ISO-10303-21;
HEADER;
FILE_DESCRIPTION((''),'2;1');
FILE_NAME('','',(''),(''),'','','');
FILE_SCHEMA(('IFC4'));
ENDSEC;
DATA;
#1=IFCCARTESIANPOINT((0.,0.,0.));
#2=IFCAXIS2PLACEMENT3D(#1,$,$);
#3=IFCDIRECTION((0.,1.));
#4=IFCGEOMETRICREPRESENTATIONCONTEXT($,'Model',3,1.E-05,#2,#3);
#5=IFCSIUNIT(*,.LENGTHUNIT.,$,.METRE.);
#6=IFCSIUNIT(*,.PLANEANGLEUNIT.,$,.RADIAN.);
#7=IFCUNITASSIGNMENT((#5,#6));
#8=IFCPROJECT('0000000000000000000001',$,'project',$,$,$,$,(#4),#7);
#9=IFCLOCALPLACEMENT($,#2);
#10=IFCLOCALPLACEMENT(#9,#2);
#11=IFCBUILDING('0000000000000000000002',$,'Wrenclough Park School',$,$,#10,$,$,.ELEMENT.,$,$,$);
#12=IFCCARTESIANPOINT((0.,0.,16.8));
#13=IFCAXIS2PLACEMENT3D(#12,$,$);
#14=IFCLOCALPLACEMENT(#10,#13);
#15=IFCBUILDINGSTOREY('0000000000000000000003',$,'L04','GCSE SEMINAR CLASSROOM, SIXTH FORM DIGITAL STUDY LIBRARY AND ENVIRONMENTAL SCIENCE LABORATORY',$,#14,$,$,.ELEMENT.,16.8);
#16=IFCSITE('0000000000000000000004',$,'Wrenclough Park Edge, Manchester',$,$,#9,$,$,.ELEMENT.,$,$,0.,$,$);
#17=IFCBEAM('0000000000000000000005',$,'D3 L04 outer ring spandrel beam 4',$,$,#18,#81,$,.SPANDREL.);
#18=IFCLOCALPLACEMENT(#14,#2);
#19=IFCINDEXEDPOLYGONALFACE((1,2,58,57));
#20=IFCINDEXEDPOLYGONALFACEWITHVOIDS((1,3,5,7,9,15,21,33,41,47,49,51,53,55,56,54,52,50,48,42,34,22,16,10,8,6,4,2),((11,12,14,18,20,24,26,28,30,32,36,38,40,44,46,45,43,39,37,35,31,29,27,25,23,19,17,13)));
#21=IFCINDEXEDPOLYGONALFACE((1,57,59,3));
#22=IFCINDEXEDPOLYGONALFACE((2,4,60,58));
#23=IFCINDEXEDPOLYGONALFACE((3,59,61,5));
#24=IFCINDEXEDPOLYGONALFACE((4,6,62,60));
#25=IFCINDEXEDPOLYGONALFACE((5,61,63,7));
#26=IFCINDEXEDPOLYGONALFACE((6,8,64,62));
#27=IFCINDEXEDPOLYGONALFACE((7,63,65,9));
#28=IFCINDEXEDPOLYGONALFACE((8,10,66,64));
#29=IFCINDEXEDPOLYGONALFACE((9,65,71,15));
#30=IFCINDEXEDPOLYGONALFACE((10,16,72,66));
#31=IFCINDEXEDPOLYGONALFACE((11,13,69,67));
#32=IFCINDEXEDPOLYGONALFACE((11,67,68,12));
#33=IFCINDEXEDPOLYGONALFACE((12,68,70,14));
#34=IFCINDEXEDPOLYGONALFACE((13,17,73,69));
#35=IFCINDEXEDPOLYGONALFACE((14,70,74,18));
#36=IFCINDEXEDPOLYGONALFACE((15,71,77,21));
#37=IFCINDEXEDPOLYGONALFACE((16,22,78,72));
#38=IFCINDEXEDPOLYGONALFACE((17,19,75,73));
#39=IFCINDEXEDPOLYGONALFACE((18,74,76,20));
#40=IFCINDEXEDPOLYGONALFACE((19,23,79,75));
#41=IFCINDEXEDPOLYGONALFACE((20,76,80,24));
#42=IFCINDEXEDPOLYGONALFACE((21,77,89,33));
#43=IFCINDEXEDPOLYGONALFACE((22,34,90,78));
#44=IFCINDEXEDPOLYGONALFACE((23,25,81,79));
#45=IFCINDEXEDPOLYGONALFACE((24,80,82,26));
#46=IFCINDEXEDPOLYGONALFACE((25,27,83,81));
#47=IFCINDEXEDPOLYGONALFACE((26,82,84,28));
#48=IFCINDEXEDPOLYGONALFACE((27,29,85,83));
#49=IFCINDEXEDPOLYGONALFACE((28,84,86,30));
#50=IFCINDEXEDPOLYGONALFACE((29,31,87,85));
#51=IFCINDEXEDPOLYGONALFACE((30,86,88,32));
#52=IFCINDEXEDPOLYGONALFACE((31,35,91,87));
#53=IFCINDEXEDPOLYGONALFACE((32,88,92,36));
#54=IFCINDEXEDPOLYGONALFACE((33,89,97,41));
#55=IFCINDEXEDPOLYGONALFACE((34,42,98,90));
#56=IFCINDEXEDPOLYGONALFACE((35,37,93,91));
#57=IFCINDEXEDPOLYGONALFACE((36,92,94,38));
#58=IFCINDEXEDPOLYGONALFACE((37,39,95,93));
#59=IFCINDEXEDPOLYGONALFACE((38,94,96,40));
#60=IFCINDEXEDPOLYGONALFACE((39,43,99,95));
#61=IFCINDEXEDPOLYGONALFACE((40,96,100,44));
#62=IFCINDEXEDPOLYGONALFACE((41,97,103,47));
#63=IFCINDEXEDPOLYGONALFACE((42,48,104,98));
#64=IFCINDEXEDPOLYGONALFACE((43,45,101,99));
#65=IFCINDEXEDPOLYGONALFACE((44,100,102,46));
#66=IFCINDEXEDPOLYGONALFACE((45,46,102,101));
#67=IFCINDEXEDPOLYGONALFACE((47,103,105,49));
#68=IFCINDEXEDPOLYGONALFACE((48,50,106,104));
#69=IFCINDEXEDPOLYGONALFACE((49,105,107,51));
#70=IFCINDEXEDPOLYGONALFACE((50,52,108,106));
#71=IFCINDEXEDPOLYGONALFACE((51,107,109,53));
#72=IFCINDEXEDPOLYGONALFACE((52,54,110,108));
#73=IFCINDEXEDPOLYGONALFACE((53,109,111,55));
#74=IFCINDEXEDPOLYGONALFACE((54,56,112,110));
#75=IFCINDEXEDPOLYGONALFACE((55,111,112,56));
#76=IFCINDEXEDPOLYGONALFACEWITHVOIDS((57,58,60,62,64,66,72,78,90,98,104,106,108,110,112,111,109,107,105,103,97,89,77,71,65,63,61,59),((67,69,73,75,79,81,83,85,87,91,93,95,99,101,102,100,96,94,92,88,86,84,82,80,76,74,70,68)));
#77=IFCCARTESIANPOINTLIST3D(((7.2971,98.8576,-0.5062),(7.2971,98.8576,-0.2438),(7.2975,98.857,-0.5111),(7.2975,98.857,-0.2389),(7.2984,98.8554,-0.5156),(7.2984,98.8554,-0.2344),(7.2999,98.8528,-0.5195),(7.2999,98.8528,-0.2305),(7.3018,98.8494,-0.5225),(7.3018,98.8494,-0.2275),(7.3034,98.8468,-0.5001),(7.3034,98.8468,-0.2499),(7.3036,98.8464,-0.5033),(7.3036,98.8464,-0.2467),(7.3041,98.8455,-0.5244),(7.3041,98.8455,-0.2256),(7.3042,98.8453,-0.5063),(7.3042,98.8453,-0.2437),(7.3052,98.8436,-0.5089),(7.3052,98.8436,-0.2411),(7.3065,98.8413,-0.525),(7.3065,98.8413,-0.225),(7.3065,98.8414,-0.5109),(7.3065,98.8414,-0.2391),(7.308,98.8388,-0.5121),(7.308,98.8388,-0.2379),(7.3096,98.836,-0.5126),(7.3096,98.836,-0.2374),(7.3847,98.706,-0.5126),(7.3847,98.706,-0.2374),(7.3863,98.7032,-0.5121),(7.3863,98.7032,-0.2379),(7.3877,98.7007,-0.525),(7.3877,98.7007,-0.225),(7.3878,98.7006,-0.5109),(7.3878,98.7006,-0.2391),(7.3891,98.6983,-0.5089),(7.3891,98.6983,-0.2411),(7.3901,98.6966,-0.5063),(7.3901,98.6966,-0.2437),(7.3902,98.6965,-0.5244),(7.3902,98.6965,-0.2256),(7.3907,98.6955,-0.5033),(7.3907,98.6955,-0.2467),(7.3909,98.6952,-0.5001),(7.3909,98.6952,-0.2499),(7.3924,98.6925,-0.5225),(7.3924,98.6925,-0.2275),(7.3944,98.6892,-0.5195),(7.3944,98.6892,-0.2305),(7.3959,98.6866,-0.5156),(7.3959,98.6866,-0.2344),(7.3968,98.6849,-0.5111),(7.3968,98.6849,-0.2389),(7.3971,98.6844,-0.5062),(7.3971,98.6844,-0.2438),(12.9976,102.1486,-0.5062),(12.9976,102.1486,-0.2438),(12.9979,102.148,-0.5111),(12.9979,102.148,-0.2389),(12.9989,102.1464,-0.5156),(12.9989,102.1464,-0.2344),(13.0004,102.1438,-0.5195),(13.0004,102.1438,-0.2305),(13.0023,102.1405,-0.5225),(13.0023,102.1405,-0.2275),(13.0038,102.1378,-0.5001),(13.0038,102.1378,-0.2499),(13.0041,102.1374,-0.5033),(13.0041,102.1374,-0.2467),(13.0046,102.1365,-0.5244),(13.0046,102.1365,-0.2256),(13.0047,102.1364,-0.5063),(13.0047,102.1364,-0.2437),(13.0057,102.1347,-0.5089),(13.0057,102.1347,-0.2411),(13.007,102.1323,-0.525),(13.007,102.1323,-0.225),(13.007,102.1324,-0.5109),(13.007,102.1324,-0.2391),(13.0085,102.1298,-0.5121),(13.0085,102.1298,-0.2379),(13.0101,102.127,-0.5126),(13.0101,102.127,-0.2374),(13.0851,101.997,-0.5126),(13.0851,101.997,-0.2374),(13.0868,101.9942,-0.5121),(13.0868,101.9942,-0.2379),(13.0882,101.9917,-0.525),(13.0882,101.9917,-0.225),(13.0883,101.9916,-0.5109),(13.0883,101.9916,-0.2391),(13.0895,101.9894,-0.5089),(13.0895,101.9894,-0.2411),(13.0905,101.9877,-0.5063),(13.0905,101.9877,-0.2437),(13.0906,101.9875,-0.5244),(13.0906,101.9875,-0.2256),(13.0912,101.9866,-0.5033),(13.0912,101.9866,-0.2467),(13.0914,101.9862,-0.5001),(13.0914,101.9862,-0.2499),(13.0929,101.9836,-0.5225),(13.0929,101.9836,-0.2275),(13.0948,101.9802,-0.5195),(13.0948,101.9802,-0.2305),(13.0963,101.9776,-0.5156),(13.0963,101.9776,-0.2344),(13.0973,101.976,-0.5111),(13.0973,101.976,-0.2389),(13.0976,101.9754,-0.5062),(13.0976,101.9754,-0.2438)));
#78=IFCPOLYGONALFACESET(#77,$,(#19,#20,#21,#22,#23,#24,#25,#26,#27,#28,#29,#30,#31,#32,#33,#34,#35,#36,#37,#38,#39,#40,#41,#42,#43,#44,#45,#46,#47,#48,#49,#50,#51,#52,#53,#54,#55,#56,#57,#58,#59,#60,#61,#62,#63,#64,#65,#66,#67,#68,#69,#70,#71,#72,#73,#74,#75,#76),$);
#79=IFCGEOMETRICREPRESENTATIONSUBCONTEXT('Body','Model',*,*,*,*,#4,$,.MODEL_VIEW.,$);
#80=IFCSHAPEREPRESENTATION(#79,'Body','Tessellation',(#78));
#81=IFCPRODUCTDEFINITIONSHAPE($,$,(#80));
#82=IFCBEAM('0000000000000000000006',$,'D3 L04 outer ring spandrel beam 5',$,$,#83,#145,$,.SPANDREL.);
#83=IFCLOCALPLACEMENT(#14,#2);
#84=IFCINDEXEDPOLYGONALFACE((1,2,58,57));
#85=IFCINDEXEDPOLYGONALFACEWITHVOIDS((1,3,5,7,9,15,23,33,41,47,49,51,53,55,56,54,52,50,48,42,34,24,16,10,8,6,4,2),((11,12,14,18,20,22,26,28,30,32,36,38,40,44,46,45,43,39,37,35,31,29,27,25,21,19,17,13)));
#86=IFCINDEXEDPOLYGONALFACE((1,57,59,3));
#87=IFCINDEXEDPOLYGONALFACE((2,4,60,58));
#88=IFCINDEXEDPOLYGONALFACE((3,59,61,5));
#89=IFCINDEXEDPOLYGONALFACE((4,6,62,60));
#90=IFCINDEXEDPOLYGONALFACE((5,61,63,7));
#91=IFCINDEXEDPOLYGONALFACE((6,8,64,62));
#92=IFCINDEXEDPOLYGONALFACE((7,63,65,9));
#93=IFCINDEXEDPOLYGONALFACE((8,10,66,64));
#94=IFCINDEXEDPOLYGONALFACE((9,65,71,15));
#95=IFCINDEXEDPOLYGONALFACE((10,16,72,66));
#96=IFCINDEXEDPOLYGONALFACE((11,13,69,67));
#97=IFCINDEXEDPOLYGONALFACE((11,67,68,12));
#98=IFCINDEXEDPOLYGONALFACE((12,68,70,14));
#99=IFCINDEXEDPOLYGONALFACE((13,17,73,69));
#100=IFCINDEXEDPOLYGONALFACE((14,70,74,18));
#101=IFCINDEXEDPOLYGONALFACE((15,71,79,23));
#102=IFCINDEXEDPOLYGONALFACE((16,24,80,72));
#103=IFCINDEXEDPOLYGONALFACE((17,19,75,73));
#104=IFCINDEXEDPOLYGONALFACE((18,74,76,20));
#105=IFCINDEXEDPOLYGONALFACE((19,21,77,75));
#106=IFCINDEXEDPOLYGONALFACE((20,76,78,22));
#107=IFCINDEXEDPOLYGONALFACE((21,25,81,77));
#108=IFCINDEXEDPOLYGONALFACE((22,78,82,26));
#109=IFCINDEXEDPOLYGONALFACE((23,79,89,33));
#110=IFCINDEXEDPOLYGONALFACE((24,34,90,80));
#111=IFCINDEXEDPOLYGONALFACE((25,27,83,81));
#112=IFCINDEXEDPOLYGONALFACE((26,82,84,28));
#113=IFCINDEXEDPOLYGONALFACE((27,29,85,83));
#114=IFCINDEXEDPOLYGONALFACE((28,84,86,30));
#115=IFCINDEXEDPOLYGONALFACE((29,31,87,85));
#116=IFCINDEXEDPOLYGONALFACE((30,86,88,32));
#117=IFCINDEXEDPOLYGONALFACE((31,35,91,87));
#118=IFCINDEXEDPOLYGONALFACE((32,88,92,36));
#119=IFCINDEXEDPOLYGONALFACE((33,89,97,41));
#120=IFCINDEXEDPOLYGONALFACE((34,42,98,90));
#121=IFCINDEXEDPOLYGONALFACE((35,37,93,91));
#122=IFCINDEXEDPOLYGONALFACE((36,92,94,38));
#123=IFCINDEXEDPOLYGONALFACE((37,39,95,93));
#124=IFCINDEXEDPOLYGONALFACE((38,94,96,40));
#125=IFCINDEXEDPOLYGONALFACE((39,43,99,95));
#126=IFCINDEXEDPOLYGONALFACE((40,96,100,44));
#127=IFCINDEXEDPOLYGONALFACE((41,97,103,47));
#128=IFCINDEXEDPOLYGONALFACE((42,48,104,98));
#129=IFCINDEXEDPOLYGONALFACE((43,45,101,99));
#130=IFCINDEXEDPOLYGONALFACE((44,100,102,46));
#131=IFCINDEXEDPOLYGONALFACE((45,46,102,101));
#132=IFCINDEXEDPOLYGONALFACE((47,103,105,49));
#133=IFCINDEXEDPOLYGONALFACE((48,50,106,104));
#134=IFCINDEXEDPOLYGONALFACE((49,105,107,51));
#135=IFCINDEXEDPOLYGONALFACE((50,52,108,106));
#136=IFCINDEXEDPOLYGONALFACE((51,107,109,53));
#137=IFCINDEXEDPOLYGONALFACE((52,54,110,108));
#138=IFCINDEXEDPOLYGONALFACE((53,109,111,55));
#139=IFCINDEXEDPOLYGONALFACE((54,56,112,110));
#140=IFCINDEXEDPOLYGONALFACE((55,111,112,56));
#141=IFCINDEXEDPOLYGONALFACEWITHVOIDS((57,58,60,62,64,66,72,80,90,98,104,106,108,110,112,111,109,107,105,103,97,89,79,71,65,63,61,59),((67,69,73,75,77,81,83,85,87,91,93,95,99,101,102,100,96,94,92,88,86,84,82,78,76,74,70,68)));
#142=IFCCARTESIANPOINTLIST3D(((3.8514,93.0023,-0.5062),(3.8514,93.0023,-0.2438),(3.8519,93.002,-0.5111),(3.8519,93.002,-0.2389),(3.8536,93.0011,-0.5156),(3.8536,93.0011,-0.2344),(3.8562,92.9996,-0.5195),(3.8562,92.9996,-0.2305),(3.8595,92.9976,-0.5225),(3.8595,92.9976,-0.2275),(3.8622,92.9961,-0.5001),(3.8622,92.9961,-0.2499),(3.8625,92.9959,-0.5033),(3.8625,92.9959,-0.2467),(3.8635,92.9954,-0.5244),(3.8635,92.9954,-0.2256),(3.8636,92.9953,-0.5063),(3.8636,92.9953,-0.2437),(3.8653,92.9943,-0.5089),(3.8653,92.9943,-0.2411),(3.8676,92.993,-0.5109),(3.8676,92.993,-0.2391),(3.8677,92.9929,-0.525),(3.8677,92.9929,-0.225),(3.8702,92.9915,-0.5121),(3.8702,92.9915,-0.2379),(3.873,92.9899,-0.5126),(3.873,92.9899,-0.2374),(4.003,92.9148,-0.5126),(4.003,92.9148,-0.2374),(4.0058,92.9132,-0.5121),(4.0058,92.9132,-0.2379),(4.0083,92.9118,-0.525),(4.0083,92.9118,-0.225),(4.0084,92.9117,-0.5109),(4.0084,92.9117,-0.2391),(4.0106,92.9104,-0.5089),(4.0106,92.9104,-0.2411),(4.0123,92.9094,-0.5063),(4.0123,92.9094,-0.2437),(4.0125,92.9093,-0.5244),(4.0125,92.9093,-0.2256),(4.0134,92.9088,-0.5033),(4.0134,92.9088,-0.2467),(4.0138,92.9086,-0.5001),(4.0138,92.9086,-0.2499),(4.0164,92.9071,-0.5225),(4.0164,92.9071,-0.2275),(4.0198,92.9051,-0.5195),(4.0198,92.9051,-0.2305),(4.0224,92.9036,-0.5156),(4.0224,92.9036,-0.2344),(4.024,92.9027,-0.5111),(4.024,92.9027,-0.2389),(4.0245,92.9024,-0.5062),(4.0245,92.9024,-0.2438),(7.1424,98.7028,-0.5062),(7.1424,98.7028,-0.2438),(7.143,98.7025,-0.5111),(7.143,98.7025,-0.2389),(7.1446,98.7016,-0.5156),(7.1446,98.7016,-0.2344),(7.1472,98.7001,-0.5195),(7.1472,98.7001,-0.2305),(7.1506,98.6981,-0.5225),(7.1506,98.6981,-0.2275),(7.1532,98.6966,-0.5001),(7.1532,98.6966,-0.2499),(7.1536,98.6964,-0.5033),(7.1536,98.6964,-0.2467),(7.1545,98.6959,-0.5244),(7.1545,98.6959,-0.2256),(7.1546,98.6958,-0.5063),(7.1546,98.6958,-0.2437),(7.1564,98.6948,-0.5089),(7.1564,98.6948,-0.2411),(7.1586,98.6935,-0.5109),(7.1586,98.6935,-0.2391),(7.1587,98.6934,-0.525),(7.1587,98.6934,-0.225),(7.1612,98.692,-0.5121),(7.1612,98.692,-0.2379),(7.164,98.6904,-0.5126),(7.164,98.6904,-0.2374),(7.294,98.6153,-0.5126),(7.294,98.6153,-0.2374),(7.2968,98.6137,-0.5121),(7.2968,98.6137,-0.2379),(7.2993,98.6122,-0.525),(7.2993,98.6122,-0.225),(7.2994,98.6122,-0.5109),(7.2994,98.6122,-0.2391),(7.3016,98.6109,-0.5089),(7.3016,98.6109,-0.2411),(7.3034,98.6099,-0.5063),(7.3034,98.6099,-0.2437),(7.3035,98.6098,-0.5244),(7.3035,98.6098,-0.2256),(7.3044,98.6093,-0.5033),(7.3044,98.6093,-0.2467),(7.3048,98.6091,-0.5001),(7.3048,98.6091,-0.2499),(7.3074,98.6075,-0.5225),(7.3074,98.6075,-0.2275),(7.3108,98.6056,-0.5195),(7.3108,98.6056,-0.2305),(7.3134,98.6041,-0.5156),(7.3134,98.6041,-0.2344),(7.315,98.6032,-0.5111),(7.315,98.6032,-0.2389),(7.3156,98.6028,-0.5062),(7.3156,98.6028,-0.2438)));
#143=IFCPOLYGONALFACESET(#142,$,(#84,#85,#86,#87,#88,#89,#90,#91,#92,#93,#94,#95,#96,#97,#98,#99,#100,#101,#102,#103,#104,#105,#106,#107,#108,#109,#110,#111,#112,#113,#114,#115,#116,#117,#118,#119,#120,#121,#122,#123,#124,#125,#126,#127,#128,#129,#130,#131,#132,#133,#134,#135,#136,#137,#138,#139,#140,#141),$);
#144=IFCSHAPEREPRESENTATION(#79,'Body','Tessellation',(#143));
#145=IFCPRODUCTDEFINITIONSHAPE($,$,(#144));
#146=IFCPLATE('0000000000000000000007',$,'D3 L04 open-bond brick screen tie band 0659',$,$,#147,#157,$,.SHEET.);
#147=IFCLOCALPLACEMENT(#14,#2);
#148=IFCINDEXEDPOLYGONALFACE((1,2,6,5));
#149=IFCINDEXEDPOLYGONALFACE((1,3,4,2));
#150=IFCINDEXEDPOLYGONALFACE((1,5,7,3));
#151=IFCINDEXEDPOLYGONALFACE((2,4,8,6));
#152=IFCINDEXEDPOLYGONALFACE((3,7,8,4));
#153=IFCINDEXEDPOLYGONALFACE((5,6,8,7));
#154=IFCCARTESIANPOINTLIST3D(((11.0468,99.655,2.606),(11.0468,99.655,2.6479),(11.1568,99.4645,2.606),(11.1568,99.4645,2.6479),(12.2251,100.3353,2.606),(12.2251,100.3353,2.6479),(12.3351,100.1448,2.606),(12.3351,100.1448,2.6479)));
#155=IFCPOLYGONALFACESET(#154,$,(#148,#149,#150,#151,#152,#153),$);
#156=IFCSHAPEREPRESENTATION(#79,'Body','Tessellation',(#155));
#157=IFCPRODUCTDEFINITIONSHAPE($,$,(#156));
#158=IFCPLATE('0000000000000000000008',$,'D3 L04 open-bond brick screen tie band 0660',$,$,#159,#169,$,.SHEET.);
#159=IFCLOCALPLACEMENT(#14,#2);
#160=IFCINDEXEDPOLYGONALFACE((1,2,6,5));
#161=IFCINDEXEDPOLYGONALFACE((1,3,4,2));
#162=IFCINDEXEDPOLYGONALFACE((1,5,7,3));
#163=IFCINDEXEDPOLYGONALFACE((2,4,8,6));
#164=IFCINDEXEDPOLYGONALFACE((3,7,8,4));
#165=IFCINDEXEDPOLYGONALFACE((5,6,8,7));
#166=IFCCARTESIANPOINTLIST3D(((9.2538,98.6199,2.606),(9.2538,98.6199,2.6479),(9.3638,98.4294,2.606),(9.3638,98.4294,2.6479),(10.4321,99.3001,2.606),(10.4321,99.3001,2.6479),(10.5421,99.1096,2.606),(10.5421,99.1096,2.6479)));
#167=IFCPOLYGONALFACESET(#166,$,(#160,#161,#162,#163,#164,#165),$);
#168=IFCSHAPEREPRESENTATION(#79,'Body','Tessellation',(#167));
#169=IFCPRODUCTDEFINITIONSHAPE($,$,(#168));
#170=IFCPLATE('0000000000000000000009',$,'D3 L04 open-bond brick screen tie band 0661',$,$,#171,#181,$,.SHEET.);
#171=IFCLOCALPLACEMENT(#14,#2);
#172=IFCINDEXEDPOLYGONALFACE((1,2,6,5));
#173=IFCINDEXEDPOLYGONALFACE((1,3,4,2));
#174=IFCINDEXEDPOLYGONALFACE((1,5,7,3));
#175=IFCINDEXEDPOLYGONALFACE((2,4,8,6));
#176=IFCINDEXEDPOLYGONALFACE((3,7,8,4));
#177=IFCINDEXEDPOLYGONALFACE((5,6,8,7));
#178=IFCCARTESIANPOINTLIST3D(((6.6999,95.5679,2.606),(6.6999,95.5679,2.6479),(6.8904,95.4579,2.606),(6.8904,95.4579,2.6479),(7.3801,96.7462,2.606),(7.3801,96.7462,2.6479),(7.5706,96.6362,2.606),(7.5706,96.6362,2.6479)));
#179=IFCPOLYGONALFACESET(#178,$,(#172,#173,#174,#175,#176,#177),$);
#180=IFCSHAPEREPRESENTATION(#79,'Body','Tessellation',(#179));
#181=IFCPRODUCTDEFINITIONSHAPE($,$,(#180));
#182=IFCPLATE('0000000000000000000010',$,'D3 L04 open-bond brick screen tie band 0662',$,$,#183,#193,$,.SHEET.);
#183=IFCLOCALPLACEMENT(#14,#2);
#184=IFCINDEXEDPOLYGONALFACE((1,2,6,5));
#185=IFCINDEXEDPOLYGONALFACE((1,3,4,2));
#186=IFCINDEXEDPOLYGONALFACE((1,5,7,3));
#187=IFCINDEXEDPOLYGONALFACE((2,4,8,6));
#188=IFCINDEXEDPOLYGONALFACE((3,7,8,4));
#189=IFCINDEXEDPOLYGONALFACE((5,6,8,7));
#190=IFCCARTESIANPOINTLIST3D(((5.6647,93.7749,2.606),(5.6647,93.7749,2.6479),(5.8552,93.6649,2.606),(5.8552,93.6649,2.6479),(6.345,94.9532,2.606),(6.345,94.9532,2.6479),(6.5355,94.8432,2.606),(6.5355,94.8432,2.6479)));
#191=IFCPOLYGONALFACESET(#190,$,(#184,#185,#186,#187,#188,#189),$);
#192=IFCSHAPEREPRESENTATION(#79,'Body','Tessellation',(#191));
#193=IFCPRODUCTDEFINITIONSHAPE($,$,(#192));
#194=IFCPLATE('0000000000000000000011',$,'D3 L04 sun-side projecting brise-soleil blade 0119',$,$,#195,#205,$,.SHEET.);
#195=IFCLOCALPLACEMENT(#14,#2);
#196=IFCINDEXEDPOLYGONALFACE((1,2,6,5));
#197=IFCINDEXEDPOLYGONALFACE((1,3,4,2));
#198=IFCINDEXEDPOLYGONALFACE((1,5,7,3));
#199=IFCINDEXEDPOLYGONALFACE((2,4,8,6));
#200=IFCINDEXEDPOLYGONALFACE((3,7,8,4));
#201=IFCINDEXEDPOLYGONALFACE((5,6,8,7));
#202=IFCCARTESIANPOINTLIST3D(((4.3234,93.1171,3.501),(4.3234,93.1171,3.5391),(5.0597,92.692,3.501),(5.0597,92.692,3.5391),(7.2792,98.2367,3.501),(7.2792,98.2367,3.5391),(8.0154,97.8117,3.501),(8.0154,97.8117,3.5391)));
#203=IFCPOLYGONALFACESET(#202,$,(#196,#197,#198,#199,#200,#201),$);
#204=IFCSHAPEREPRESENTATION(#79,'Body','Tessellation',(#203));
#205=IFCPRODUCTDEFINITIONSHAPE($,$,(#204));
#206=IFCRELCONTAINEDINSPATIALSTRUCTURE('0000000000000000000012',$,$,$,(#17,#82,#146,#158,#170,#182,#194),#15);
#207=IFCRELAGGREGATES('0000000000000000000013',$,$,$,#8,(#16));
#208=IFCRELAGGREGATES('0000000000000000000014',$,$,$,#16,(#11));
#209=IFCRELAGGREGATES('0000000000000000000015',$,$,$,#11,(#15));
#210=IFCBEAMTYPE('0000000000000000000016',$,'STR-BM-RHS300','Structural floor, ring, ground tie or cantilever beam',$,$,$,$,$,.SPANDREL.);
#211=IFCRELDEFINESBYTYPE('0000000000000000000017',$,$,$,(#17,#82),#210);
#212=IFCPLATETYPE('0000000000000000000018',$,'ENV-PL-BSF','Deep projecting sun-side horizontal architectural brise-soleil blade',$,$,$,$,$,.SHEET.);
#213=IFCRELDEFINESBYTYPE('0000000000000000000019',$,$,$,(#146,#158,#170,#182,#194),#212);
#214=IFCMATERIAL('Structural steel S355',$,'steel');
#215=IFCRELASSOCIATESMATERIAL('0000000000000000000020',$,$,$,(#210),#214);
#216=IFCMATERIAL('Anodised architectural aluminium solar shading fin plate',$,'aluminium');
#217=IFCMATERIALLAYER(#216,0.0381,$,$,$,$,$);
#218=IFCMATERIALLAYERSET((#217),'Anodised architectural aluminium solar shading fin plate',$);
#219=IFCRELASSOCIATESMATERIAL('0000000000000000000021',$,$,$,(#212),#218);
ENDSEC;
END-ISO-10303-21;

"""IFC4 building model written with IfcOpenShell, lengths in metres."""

from ifc_helpers import new_model, si_unit, direction, frame, origin, origin_2d, place, context, subcontext, project, spatial, rectangle, hollow_rectangle, extrude, material, layer, layer_set, material_profile, profile_set, type_object, element, save


model = new_model("IFC4")

# Units and contexts
model_context = context("Model", 3, precision=1e-05, world=origin(), true_north=direction((0.0, 1.0)))
body_context = subcontext(model_context, "Body", "Model", "MODEL_VIEW")
ifc_project = project(units=[si_unit("LENGTHUNIT", "METRE"), si_unit("PLANEANGLEUNIT", "RADIAN")], contexts=[model_context])

# Site, building, storey
site_placement = place(None, origin())
site = spatial("IfcSite", under=ifc_project, at=site_placement, Name="Wrenclough Park Edge, Manchester", CompositionType="ELEMENT", RefElevation=0.0)
building_placement = place(site_placement, origin())
building = spatial("IfcBuilding", under=site, at=building_placement, Name="Wrenclough Park School", CompositionType="ELEMENT")
storey_placement = place(building_placement, frame((0.0, 0.0, 16.8)))
storey = spatial("IfcBuildingStorey", under=building, at=storey_placement, Name="L04", Description="GCSE SEMINAR CLASSROOM, SIXTH FORM DIGITAL STUDY LIBRARY AND ENVIRONMENTAL SCIENCE LABORATORY", CompositionType="ELEMENT", Elevation=16.8)

# Shared definitions
ifc_material_1 = material(Name="Structural steel S355", Category="steel")

# Beams
ifc_material_profile_1 = material_profile(ifc_material_1, hollow_rectangle(XDim=0.2, YDim=0.3, WallThickness=0.0125, InnerFilletRadius=0.0125, OuterFilletRadius=0.0188, at=origin_2d()), Name="RHS 300x200x12.5")
ifc_profile_set_1 = profile_set([ifc_material_profile_1], Name="Structural steel S355")
beam_type = type_object("IfcBeamType", Name="STR-BM-RHS300", Description="Structural floor, ring, ground tie or cantilever beam", PredefinedType="SPANDREL", material=ifc_profile_set_1)
for number, where, z_axis, x_axis, name in (
    (1, (13.0476, 102.062, -0.375), (-0.866034, -0.499985, 0.0), (0.499985, -0.866034, 0.0), "D3 L04 outer ring spandrel beam 4"),
    (2, (7.229, 98.6528, -0.375), (-0.499985, -0.866034, 0.0), (0.866034, -0.499985, 0.0), "D3 L04 outer ring spandrel beam 5"),
):
    element("IfcBeam", number, at=place(storey_placement, frame(where, z_axis=z_axis, x_axis=x_axis)), inside=storey, type_object=beam_type, Name=name, PredefinedType="SPANDREL", context=body_context, shape_type="SweptSolid", body=[
        extrude(hollow_rectangle(XDim=0.2, YDim=0.3, WallThickness=0.0125, InnerFilletRadius=0.0125, OuterFilletRadius=0.0188, at=origin_2d()), origin(), (0.0, 0.0, 1.0), 6.5823),
    ])

# Plates
ifc_material_2 = material(Name="Anodised architectural aluminium solar shading fin plate", Category="aluminium")
ifc_layer_1 = layer(ifc_material_2, 0.0381)
ifc_layer_set_1 = layer_set([ifc_layer_1], Name="Anodised architectural aluminium solar shading fin plate")
plate_type = type_object("IfcPlateType", Name="ENV-PL-BSF", Description="Deep projecting sun-side horizontal architectural brise-soleil blade", PredefinedType="SHEET", material=ifc_layer_set_1)
for number, where, z_axis, x_axis, name in (
    (3, (11.6909, 99.8999, 2.606), (0.0, 0.0, 1.0), (-0.866029, -0.499993, 0.0), "D3 L04 open-bond brick screen tie band 0659"),
    (4, (9.8979, 98.8647, 2.606), (0.0, 0.0, 1.0), (-0.866029, -0.499993, 0.0), "D3 L04 open-bond brick screen tie band 0660"),
    (5, (7.1353, 96.1021, 2.606), (0.0, 0.0, 1.0), (-0.499993, -0.866029, 0.0), "D3 L04 open-bond brick screen tie band 0661"),
    (6, (6.1001, 94.3091, 2.606), (0.0, 0.0, 1.0), (-0.499993, -0.866029, 0.0), "D3 L04 open-bond brick screen tie band 0662"),
):
    element("IfcPlate", number, at=place(storey_placement, frame(where, z_axis=z_axis, x_axis=x_axis)), inside=storey, type_object=plate_type, Name=name, PredefinedType="SHEET", context=body_context, shape_type="SweptSolid", body=[
        extrude(rectangle(XDim=1.3606, YDim=0.22, at=origin_2d()), origin(), (0.0, 0.0, 1.0), 0.042),
    ])
plate_placement = place(storey_placement, frame((6.1694, 95.4644, 3.501), z_axis=(0.0, 0.0, 1.0), x_axis=(-0.499993, -0.866029, 0.0)))
element("IfcPlate", 7, at=plate_placement, inside=storey, type_object=plate_type, Name="D3 L04 sun-side projecting brise-soleil blade 0119", PredefinedType="SHEET", context=body_context, shape_type="SweptSolid", body=[
    extrude(rectangle(XDim=5.9116, YDim=0.8501, at=origin_2d()), origin(), (0.0, 0.0, 1.0), 0.0381),
])

save(model, "model.ifc")
